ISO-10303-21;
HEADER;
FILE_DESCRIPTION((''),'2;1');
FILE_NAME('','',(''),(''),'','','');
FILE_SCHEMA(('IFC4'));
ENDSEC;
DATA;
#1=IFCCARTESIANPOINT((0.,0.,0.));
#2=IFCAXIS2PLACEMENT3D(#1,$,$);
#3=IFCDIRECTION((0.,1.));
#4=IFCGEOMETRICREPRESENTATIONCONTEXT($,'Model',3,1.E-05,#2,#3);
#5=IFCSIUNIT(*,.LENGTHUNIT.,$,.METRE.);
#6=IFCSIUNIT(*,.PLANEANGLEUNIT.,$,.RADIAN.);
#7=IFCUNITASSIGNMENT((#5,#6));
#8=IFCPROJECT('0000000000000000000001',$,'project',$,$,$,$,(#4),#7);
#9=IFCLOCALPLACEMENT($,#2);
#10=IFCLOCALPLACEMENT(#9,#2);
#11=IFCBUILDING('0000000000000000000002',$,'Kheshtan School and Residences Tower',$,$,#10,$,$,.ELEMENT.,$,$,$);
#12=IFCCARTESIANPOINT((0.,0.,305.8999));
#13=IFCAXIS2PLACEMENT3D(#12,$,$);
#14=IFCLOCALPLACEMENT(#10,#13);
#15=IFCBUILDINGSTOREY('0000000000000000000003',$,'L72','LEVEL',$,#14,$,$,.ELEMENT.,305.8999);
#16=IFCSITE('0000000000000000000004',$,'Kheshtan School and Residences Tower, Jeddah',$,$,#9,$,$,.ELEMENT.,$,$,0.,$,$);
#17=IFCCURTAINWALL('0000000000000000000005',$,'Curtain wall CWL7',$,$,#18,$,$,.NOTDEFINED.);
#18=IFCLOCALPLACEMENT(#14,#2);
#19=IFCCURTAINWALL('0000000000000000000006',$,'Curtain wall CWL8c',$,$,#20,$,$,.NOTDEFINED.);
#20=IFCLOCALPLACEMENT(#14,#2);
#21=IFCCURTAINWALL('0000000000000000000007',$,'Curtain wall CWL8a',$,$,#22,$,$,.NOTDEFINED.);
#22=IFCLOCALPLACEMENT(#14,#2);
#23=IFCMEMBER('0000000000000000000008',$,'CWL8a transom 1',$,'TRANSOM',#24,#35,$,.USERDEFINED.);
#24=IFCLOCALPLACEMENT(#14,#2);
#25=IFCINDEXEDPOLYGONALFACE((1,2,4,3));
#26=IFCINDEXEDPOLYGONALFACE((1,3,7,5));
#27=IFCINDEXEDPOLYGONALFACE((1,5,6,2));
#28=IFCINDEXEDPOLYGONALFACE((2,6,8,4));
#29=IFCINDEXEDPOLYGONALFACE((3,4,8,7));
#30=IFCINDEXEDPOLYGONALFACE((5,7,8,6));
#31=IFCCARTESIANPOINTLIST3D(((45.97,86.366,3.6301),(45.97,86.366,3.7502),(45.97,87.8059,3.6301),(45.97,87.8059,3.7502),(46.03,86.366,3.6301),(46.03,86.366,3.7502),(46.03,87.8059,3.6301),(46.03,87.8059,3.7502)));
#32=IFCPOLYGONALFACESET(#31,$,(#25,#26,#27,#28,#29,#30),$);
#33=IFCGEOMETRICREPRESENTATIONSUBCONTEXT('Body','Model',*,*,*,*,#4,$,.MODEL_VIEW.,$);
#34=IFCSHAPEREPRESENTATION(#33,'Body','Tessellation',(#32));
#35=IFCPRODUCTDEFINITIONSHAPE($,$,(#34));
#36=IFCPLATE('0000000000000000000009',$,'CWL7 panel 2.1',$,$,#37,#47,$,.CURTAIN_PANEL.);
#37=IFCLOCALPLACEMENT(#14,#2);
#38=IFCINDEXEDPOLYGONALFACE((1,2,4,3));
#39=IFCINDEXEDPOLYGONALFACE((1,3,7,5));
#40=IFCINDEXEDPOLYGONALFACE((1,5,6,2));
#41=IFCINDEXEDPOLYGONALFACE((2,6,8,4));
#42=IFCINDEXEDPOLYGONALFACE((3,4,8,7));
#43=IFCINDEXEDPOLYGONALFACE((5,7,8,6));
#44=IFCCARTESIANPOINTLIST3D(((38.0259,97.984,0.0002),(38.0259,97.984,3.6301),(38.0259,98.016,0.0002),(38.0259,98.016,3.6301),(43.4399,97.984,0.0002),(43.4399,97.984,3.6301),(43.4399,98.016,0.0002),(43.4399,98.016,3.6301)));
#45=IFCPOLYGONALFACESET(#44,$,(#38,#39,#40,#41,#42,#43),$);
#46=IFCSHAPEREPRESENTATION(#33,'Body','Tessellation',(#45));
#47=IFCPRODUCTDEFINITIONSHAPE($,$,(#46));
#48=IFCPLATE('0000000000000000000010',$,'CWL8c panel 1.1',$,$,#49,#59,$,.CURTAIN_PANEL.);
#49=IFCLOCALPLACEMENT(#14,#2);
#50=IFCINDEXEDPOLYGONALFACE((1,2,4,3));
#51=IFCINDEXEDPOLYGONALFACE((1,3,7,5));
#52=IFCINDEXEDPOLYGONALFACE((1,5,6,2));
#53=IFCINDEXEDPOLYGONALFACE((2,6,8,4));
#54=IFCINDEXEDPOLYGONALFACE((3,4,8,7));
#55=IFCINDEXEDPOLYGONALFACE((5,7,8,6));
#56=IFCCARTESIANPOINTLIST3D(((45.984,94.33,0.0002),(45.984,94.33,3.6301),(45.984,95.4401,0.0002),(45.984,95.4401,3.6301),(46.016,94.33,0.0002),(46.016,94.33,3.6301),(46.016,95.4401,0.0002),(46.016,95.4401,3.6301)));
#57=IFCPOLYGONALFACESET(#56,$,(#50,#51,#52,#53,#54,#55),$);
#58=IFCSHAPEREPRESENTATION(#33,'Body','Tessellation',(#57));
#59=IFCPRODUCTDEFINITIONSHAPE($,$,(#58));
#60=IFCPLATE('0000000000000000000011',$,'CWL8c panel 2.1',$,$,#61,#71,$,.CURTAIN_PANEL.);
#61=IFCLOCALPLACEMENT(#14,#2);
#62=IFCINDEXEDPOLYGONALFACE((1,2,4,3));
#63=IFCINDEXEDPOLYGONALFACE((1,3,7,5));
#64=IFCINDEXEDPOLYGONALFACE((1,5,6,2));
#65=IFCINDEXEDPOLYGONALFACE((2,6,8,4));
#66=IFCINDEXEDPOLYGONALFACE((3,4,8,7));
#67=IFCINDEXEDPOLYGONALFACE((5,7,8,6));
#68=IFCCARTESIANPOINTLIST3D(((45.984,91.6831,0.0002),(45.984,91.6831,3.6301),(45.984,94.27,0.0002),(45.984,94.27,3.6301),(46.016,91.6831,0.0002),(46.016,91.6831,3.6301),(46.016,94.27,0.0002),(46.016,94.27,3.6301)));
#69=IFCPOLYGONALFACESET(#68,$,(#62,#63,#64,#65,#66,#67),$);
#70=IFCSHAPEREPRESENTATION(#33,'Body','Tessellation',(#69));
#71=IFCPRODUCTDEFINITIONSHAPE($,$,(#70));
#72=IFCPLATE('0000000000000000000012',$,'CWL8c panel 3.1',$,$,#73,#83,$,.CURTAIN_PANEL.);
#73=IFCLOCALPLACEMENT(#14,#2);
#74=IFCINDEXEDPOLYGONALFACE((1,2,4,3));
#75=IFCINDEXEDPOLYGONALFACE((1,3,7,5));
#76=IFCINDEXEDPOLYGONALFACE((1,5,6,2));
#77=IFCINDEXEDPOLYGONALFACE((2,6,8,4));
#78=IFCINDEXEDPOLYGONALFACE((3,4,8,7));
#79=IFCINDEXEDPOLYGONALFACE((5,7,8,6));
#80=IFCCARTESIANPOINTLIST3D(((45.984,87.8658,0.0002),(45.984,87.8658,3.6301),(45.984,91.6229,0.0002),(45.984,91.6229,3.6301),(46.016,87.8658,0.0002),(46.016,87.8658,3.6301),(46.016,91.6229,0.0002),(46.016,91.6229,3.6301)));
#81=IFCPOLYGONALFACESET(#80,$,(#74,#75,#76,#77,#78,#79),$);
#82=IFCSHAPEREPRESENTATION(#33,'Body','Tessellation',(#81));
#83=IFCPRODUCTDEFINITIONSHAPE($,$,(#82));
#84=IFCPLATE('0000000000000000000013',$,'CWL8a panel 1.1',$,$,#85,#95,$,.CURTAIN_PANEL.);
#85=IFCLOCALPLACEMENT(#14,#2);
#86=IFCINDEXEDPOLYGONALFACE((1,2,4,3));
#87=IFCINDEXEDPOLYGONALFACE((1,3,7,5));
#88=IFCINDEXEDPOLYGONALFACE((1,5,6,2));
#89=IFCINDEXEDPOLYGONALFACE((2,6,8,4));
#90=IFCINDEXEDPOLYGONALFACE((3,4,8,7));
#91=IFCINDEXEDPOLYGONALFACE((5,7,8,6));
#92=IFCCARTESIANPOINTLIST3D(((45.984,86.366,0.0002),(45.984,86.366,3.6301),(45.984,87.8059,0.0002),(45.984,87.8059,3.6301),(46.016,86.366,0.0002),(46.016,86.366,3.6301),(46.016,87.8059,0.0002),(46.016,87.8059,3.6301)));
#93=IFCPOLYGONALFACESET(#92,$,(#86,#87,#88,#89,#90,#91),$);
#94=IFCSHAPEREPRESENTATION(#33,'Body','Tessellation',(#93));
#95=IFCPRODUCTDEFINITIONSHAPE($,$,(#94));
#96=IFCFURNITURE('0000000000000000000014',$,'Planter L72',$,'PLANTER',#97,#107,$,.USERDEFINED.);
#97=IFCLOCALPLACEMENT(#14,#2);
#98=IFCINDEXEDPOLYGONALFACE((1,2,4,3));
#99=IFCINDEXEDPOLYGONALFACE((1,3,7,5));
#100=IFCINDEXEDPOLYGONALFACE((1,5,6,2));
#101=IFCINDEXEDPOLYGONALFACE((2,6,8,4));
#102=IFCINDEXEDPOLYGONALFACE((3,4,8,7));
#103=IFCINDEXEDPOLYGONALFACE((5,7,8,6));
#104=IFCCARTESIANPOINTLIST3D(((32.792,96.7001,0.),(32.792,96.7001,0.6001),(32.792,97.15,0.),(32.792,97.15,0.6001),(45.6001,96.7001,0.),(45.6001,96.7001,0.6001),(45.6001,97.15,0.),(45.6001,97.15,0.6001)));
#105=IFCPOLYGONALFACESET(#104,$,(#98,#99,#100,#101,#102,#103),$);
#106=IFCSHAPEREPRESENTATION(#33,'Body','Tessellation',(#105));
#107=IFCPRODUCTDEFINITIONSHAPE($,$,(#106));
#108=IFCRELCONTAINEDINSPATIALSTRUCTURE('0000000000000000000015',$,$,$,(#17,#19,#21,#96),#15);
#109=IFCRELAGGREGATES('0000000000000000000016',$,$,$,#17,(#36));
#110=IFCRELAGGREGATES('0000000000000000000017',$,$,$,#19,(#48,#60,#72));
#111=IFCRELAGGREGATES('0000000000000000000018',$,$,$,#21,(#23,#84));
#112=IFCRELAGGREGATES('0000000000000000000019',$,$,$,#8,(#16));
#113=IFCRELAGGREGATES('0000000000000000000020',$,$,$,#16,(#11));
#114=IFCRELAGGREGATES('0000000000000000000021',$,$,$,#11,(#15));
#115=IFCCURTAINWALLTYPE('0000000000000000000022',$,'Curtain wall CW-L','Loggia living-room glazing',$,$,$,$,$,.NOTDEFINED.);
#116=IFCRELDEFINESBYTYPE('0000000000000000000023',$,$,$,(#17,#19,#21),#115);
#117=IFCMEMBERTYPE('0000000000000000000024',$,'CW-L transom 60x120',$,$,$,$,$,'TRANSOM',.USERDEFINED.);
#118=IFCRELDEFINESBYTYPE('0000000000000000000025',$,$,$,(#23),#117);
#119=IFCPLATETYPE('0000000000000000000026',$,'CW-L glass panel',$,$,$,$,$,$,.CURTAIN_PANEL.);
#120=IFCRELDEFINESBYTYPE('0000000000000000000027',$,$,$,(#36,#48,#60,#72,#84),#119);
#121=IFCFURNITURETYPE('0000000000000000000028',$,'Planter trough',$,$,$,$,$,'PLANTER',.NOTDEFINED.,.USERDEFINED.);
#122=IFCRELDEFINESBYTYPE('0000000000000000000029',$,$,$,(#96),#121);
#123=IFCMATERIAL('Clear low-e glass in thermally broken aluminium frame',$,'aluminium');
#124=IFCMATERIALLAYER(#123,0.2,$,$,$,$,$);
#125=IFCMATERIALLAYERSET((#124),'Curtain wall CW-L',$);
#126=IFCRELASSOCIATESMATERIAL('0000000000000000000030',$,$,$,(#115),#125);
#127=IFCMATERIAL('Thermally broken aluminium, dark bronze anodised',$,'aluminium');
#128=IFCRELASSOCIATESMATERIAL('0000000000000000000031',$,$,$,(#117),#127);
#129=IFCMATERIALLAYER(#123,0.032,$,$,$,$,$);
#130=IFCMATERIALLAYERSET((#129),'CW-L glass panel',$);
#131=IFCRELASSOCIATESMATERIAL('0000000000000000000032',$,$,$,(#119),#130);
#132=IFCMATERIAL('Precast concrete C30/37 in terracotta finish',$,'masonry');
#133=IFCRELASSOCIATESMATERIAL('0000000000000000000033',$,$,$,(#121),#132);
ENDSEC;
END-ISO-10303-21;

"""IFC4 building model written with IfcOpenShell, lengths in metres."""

from ifc_helpers import new_model, si_unit, direction, frame, origin, origin_2d, place, context, subcontext, project, spatial, rectangle, extrude, material, layer, layer_set, material_profile, profile_set, type_object, element, aggregate, save


model = new_model("IFC4")

# Units and contexts
model_context = context("Model", 3, precision=1e-05, world=origin(), true_north=direction((0.0, 1.0)))
body_context = subcontext(model_context, "Body", "Model", "MODEL_VIEW")
ifc_project = project(units=[si_unit("LENGTHUNIT", "METRE"), si_unit("PLANEANGLEUNIT", "RADIAN")], contexts=[model_context])

# Site, building, storey
site_placement = place(None, origin())
site = spatial("IfcSite", under=ifc_project, at=site_placement, Name="Kheshtan School and Residences Tower, Jeddah", CompositionType="ELEMENT", RefElevation=0.0)
building_placement = place(site_placement, origin())
building = spatial("IfcBuilding", under=site, at=building_placement, Name="Kheshtan School and Residences Tower", CompositionType="ELEMENT")
storey_placement = place(building_placement, frame((0.0, 0.0, 305.8999)))
storey = spatial("IfcBuildingStorey", under=building, at=storey_placement, Name="L72", Description="LEVEL", CompositionType="ELEMENT", Elevation=305.8999)

# Curtain walls
ifc_material_1 = material(Name="Clear low-e glass in thermally broken aluminium frame", Category="aluminium")
ifc_layer_1 = layer(ifc_material_1, 0.2)
ifc_layer_set_1 = layer_set([ifc_layer_1], Name="Curtain wall CW-L")
curtain_wall_type = type_object("IfcCurtainWallType", Name="Curtain wall CW-L", Description="Loggia living-room glazing", PredefinedType="NOTDEFINED", material=ifc_layer_set_1)
curtain_wall_1_placement = place(storey_placement, origin())
curtain_wall_1 = element("IfcCurtainWall", 1, at=curtain_wall_1_placement, inside=storey, type_object=curtain_wall_type, Name="Curtain wall CWL7", PredefinedType="NOTDEFINED")
ifc_material_2 = material(Name="Thermally broken aluminium, dark bronze anodised", Category="aluminium")
curtain_wall_2_placement = place(storey_placement, origin())
curtain_wall_2 = element("IfcCurtainWall", 2, at=curtain_wall_2_placement, inside=storey, type_object=curtain_wall_type, Name="Curtain wall CWL8c", PredefinedType="NOTDEFINED")
ifc_material_profile_1 = material_profile(ifc_material_2, rectangle(XDim=0.0601, YDim=0.1201, at=origin_2d()), Name="CW-L transom 60x120")
ifc_profile_set_1 = profile_set([ifc_material_profile_1], Name="Thermally broken aluminium, dark bronze anodised")
member_type_1 = type_object("IfcMemberType", Name="CW-L transom 60x120", ElementType="TRANSOM", PredefinedType="USERDEFINED", material=ifc_profile_set_1)

# Curtain wall, member
curtain_wall_3_placement = place(storey_placement, origin())
curtain_wall_3 = element("IfcCurtainWall", 3, at=curtain_wall_3_placement, inside=storey, type_object=curtain_wall_type, Name="Curtain wall CWL8a", PredefinedType="NOTDEFINED")
member_1_placement = place(storey_placement, frame((46.0, 87.8059, 3.6902), z_axis=(0.0, -1.0, 0.0), x_axis=(1.0, 0.0, 0.0)))
member_1 = element("IfcMember", 4, at=member_1_placement, type_object=member_type_1, Name="CWL8a transom 1", ObjectType="TRANSOM", PredefinedType="USERDEFINED", context=body_context, shape_type="SweptSolid", body=[
    extrude(rectangle(XDim=0.0601, YDim=0.1201, at=origin_2d()), origin(), (0.0, 0.0, 1.0), 1.4399),
])

# Plates
ifc_layer_2 = layer(ifc_material_1, 0.032)
ifc_layer_set_2 = layer_set([ifc_layer_2], Name="CW-L glass panel")
plate_type = type_object("IfcPlateType", Name="CW-L glass panel", PredefinedType="CURTAIN_PANEL", material=ifc_layer_set_2)
plate_1_placement = place(storey_placement, frame((40.7329, 98.0, 0.0002), z_axis=(0.0, 0.0, 1.0), x_axis=(1.0, 0.0, 0.0)))
plate_1 = element("IfcPlate", 5, at=plate_1_placement, type_object=plate_type, Name="CWL7 panel 2.1", PredefinedType="CURTAIN_PANEL", context=body_context, shape_type="SweptSolid", body=[
    extrude(rectangle(XDim=5.4141, YDim=0.032, at=origin_2d()), origin(), (0.0, 0.0, 1.0), 3.6299),
])
aggregate(curtain_wall_1, [plate_1])
plate_2_placement = place(storey_placement, frame((46.0, 94.885, 0.0002), z_axis=(0.0, 0.0, 1.0), x_axis=(0.0, -1.0, 0.0)))
plate_2 = element("IfcPlate", 6, at=plate_2_placement, type_object=plate_type, Name="CWL8c panel 1.1", PredefinedType="CURTAIN_PANEL", context=body_context, shape_type="SweptSolid", body=[
    extrude(rectangle(XDim=1.1101, YDim=0.032, at=origin_2d()), origin(), (0.0, 0.0, 1.0), 3.6299),
])
plate_3_placement = place(storey_placement, frame((46.0, 92.9766, 0.0002), z_axis=(0.0, 0.0, 1.0), x_axis=(0.0, -1.0, 0.0)))
plate_3 = element("IfcPlate", 7, at=plate_3_placement, type_object=plate_type, Name="CWL8c panel 2.1", PredefinedType="CURTAIN_PANEL", context=body_context, shape_type="SweptSolid", body=[
    extrude(rectangle(XDim=2.5869, YDim=0.032, at=origin_2d()), origin(), (0.0, 0.0, 1.0), 3.6299),
])
plate_4_placement = place(storey_placement, frame((46.0, 89.7444, 0.0002), z_axis=(0.0, 0.0, 1.0), x_axis=(0.0, -1.0, 0.0)))
plate_4 = element("IfcPlate", 8, at=plate_4_placement, type_object=plate_type, Name="CWL8c panel 3.1", PredefinedType="CURTAIN_PANEL", context=body_context, shape_type="SweptSolid", body=[
    extrude(rectangle(XDim=3.7571, YDim=0.032, at=origin_2d()), origin(), (0.0, 0.0, 1.0), 3.6299),
])
aggregate(curtain_wall_2, [plate_2, plate_3, plate_4])
plate_5_placement = place(storey_placement, frame((46.0, 87.0859, 0.0002), z_axis=(0.0, 0.0, 1.0), x_axis=(0.0, -1.0, 0.0)))
plate_5 = element("IfcPlate", 9, at=plate_5_placement, type_object=plate_type, Name="CWL8a panel 1.1", PredefinedType="CURTAIN_PANEL", context=body_context, shape_type="SweptSolid", body=[
    extrude(rectangle(XDim=1.4399, YDim=0.032, at=origin_2d()), origin(), (0.0, 0.0, 1.0), 3.6299),
])
aggregate(curtain_wall_3, [member_1, plate_5])

# Furniture
ifc_material_3 = material(Name="Precast concrete C30/37 in terracotta finish", Category="masonry")
furniture_type = type_object("IfcFurnitureType", Name="Planter trough", ElementType="PLANTER", AssemblyPlace="NOTDEFINED", PredefinedType="USERDEFINED", material=ifc_material_3)
furniture_placement = place(storey_placement, frame((39.196, 96.925, 0.0), z_axis=(0.0, 0.0, 1.0), x_axis=(1.0, 0.0, 0.0)))
element("IfcFurniture", 10, at=furniture_placement, inside=storey, type_object=furniture_type, Name="Planter L72", ObjectType="PLANTER", PredefinedType="USERDEFINED", context=body_context, shape_type="SweptSolid", body=[
    extrude(rectangle(XDim=12.8081, YDim=0.45, at=origin_2d()), origin(), (0.0, 0.0, 1.0), 0.6001),
])

save(model, "model.ifc")
